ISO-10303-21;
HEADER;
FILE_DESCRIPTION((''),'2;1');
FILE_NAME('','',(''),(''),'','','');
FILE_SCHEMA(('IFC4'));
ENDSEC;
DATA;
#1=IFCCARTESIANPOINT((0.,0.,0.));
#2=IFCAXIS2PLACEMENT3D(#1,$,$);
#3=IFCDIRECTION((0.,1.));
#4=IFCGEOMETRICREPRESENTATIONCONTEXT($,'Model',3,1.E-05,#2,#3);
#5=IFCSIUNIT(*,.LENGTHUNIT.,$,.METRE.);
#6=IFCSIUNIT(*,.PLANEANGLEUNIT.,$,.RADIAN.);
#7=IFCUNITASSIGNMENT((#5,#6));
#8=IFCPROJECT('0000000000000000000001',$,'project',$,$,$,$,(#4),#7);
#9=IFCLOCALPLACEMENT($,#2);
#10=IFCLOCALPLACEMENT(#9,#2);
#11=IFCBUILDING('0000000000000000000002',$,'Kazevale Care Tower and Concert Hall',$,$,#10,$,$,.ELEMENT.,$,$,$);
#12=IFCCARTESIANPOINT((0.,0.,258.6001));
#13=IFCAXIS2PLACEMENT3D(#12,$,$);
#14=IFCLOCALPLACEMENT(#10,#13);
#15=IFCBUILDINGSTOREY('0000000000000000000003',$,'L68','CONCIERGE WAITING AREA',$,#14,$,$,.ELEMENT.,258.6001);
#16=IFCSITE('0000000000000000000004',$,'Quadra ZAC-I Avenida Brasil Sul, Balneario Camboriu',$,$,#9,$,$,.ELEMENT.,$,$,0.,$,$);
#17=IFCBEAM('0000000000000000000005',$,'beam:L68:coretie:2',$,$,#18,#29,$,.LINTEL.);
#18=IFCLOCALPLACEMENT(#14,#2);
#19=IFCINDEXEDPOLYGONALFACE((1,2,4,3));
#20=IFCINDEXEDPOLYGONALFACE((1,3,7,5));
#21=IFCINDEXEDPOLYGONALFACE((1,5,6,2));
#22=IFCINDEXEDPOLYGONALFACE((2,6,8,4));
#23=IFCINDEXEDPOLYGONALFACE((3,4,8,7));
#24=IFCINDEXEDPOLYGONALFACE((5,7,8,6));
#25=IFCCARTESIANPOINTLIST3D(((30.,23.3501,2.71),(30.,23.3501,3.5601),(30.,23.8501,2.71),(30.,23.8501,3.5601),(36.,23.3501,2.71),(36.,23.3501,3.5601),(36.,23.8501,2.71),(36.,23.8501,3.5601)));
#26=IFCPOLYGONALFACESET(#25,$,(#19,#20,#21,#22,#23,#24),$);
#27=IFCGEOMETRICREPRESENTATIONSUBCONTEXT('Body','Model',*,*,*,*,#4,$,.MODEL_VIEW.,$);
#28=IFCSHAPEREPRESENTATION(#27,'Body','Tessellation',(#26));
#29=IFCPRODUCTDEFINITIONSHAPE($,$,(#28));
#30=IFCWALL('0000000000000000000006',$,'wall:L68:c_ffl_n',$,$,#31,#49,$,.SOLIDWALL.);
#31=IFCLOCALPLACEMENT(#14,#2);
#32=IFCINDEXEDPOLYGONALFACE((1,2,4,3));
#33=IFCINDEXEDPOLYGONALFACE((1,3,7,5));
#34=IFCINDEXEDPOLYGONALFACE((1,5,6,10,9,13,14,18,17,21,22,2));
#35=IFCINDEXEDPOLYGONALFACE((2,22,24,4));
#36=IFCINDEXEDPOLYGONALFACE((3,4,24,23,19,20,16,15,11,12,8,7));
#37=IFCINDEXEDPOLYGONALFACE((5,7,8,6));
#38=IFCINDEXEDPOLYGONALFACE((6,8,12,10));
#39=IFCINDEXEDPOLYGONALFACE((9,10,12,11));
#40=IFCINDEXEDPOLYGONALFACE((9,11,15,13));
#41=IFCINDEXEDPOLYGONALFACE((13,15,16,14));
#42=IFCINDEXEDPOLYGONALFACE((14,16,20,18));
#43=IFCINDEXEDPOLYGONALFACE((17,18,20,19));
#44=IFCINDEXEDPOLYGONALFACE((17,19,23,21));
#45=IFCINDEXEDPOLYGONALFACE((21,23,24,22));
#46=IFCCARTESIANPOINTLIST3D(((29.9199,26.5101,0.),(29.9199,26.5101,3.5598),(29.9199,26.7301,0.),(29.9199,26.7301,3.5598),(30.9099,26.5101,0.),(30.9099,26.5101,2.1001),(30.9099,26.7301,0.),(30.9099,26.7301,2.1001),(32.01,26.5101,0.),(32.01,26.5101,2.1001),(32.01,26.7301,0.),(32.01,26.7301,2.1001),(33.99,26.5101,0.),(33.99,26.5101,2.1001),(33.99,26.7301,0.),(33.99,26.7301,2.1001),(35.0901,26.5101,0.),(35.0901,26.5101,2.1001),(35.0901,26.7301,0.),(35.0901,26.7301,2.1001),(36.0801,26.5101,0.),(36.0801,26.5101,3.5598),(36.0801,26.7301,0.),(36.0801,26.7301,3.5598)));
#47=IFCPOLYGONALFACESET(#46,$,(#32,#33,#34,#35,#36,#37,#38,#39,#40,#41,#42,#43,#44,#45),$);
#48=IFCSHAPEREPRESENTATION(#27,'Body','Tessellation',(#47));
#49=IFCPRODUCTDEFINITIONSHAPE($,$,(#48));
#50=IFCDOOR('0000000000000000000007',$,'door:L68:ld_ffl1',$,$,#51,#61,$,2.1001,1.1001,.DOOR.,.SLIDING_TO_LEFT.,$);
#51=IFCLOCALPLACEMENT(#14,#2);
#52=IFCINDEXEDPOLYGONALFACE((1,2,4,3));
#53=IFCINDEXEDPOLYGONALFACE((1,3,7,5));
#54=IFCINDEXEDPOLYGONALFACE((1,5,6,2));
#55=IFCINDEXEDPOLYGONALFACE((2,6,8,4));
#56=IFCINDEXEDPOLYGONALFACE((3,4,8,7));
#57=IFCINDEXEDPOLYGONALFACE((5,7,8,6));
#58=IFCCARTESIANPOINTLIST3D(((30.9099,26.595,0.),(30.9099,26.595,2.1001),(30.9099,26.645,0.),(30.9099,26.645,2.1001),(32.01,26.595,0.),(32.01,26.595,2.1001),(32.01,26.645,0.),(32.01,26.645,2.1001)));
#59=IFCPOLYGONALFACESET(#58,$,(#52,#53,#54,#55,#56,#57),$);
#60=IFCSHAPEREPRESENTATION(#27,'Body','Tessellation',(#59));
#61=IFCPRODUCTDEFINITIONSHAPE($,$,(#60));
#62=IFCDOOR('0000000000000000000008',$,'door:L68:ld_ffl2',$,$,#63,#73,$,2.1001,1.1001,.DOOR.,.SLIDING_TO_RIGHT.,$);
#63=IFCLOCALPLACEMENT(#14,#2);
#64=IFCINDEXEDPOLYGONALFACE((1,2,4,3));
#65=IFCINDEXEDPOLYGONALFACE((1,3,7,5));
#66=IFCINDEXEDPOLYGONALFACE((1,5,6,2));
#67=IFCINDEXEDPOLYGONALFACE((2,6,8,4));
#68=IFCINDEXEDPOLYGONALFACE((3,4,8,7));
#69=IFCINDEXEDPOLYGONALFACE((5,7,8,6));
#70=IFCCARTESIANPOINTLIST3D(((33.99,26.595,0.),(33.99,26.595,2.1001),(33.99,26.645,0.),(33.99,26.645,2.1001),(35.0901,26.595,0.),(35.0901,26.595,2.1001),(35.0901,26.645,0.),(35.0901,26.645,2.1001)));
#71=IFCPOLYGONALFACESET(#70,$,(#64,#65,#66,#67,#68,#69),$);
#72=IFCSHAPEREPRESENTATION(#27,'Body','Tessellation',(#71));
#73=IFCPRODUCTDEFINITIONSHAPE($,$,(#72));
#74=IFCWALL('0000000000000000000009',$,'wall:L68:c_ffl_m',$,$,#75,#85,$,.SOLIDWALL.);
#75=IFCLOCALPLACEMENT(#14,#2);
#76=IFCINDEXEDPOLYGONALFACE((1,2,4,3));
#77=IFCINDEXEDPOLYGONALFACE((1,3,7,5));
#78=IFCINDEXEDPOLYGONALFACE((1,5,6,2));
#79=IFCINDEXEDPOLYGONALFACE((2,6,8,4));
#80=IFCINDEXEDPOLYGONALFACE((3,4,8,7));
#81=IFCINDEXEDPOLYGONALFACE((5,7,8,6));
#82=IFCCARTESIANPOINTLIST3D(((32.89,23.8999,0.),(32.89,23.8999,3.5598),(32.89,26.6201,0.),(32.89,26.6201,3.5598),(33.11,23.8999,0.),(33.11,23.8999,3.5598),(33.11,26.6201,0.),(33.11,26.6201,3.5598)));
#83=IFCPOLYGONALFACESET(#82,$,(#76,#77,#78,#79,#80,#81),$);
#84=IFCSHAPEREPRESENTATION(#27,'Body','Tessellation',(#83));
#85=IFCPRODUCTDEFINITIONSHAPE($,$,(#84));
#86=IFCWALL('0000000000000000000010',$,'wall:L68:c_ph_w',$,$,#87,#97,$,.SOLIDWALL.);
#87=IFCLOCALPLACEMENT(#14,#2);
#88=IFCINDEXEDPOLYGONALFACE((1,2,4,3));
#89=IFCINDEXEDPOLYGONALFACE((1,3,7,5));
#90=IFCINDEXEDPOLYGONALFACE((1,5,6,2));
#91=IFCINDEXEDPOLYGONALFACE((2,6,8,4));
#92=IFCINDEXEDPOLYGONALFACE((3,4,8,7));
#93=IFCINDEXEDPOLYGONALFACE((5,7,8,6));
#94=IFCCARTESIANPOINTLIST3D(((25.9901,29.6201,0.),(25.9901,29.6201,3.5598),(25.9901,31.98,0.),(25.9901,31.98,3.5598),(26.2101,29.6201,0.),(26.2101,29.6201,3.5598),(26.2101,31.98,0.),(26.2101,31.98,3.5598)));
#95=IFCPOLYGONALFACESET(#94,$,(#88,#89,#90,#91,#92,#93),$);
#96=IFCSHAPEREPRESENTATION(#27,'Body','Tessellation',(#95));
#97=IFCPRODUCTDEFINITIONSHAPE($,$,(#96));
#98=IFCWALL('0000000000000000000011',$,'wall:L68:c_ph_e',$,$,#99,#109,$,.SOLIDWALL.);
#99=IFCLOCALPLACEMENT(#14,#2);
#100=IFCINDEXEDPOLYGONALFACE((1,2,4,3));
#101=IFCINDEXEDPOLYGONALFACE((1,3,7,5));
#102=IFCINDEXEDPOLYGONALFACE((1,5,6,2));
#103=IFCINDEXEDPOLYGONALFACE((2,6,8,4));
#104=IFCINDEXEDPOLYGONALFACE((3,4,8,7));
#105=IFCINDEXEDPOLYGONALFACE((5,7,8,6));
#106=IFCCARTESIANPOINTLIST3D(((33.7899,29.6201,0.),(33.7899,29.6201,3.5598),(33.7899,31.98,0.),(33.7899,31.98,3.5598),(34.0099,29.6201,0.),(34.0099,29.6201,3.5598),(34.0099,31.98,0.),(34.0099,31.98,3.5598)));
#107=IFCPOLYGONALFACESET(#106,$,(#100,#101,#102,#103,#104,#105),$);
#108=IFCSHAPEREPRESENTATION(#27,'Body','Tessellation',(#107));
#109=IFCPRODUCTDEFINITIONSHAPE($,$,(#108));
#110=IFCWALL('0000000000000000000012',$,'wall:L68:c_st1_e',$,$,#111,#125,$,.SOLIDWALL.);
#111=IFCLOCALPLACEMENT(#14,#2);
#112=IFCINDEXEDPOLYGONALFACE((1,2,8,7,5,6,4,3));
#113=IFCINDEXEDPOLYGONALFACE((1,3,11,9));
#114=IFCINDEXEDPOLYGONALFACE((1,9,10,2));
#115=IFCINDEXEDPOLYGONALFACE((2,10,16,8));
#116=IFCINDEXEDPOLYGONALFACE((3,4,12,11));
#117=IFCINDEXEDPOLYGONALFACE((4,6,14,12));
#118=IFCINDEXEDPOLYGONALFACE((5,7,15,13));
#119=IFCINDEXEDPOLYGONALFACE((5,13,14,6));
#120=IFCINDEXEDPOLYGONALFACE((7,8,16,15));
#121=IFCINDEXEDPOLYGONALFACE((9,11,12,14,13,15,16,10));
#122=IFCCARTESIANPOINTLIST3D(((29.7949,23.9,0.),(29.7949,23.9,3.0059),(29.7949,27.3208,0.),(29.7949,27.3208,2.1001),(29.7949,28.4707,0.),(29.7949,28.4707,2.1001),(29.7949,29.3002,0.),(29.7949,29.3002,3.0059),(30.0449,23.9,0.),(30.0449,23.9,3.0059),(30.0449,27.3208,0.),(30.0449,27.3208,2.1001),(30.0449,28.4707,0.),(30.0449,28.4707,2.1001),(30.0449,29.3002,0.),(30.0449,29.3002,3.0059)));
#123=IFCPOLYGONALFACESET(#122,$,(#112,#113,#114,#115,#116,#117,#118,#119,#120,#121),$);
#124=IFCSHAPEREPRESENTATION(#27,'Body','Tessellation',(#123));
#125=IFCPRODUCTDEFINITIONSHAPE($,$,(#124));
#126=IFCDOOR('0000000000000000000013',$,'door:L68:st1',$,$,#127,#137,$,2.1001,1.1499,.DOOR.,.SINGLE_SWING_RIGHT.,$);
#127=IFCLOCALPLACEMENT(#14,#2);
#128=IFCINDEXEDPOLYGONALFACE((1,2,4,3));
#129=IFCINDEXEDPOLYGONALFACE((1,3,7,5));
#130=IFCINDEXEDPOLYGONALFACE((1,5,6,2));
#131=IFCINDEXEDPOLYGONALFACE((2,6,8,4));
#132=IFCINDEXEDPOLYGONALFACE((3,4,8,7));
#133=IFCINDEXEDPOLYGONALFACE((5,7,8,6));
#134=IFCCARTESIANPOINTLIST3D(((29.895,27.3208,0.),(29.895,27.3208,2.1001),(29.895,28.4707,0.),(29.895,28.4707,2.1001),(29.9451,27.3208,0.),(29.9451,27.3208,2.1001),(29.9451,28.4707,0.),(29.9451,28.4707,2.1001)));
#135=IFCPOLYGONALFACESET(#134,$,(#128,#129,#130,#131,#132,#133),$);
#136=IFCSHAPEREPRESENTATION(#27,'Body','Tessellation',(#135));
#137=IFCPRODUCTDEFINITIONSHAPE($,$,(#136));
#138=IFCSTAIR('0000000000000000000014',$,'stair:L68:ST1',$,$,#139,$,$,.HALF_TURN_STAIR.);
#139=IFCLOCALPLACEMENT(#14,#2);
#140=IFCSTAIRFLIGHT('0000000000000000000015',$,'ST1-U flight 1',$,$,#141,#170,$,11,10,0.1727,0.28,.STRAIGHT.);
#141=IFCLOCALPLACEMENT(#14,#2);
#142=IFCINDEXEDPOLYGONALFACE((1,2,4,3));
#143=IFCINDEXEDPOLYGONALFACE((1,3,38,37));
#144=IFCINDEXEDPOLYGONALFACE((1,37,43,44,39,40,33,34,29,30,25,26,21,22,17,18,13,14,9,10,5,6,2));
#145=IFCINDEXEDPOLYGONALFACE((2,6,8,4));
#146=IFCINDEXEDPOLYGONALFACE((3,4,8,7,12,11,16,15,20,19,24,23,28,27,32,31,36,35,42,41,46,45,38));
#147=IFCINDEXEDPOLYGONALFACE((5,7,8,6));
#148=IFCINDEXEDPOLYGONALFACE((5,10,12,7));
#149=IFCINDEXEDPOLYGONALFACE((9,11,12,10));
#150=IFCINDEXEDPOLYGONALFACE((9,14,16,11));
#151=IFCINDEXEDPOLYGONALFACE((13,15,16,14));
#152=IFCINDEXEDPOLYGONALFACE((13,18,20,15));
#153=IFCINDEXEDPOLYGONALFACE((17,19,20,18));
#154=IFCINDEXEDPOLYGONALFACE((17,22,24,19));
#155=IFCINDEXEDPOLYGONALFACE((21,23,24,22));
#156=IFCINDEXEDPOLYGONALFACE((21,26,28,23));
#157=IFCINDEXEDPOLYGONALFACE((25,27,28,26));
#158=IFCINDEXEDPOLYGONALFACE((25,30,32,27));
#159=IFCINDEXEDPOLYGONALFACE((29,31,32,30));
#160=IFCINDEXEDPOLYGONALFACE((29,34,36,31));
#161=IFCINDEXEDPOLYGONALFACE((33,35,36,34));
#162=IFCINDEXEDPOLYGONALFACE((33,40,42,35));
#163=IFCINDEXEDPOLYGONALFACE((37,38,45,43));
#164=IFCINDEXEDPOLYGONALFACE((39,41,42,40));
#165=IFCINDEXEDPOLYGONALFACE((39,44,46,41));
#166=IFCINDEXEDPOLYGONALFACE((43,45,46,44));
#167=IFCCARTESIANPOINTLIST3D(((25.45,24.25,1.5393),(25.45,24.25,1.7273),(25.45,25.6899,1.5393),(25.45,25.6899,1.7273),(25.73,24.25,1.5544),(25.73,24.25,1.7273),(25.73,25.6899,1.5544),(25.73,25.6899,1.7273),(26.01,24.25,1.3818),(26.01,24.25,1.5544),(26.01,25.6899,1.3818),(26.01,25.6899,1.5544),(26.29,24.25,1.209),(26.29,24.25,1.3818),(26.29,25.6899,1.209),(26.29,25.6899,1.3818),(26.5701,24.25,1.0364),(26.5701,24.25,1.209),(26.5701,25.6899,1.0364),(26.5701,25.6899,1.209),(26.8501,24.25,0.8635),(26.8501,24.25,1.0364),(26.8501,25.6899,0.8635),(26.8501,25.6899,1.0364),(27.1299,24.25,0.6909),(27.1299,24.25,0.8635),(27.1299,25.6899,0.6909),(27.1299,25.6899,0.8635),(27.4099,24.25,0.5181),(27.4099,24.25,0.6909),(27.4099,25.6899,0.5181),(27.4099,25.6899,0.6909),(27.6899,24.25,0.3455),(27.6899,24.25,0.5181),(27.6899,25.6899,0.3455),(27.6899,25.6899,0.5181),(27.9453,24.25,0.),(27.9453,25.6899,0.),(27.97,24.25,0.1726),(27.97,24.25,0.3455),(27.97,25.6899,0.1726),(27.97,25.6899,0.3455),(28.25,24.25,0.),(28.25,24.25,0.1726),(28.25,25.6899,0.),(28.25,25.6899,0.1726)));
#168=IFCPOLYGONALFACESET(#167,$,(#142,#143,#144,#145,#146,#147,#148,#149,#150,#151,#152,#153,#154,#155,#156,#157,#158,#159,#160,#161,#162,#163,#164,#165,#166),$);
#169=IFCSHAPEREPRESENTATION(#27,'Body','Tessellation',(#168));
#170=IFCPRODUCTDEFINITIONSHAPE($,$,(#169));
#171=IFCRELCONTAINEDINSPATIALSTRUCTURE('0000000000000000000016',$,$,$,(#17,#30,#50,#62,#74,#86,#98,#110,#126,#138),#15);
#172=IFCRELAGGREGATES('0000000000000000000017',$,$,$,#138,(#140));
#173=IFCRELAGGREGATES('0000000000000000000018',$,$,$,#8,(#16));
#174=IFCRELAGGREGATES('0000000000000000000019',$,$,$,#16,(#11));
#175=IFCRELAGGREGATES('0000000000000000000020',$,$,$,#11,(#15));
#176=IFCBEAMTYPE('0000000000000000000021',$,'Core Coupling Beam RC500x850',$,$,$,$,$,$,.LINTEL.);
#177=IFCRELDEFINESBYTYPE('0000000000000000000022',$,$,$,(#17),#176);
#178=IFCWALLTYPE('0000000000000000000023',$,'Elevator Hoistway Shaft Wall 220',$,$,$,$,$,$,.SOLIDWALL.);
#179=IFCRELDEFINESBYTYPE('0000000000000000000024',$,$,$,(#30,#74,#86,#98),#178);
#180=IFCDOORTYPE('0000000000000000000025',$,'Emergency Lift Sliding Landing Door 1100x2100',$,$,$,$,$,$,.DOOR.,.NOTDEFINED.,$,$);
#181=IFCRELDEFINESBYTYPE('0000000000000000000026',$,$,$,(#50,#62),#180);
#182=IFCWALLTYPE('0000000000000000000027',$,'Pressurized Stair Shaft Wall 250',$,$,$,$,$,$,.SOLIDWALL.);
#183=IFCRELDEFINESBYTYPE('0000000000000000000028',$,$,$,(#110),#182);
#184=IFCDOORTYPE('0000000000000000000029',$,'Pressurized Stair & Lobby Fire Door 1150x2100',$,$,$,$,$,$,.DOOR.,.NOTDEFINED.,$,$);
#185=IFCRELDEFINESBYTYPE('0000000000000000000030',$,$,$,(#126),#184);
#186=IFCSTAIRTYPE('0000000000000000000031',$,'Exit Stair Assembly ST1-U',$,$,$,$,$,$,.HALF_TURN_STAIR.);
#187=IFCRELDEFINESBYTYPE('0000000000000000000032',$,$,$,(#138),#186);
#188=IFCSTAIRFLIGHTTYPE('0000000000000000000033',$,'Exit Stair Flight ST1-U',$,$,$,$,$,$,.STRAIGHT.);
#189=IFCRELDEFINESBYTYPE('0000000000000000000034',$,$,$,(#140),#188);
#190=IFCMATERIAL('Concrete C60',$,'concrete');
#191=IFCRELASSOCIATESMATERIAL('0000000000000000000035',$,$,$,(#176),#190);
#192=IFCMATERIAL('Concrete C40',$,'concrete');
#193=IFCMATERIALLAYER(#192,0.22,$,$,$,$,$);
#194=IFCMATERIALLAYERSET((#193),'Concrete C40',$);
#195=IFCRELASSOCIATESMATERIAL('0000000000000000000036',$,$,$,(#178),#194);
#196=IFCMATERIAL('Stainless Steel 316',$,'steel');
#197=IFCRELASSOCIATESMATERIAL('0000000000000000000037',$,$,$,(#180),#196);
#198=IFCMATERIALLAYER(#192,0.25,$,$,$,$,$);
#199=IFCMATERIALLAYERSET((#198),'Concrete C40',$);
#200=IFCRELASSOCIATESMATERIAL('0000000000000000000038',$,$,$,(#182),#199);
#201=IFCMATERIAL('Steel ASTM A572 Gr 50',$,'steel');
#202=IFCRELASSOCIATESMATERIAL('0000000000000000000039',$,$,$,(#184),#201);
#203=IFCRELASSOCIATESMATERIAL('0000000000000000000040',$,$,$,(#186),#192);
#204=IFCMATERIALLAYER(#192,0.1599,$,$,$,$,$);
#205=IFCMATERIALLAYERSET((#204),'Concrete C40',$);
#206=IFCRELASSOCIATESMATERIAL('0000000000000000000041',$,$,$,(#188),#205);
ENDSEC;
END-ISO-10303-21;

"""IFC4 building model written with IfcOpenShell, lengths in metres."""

from ifc_helpers import new_model, si_unit, direction, frame, frame_2d, origin, origin_2d, place, context, subcontext, project, spatial, polyline, rectangle, outline, extrude, material, layer, layer_set, material_profile, profile_set, type_object, element, fill, aggregate, save


model = new_model("IFC4")

# Units and contexts
model_context = context("Model", 3, precision=1e-05, world=origin(), true_north=direction((0.0, 1.0)))
body_context = subcontext(model_context, "Body", "Model", "MODEL_VIEW")
ifc_project = project(units=[si_unit("LENGTHUNIT", "METRE"), si_unit("PLANEANGLEUNIT", "RADIAN")], contexts=[model_context])

# Site, building, storey
site_placement = place(None, origin())
site = spatial("IfcSite", under=ifc_project, at=site_placement, Name="Quadra ZAC-I Avenida Brasil Sul, Balneario Camboriu", CompositionType="ELEMENT", RefElevation=0.0)
building_placement = place(site_placement, origin())
building = spatial("IfcBuilding", under=site, at=building_placement, Name="Kazevale Care Tower and Concert Hall", CompositionType="ELEMENT")
storey_placement = place(building_placement, frame((0.0, 0.0, 258.6001)))
storey = spatial("IfcBuildingStorey", under=building, at=storey_placement, Name="L68", Description="CONCIERGE WAITING AREA", CompositionType="ELEMENT", Elevation=258.6001)

# Beam
ifc_material_1 = material(Name="Concrete C60", Category="concrete")
ifc_material_profile = material_profile(ifc_material_1, rectangle(XDim=0.5, YDim=0.8501, at=origin_2d()), Name="RC-B500x850")
ifc_profile_set = profile_set([ifc_material_profile], Name="Concrete C60")
beam_type = type_object("IfcBeamType", Name="Core Coupling Beam RC500x850", PredefinedType="LINTEL", material=ifc_profile_set)
beam_placement = place(storey_placement, frame((30.0, 23.6001, 3.135), z_axis=(1.0, 0.0, 0.0), x_axis=(0.0, 1.0, 0.0)))
element("IfcBeam", 1, at=beam_placement, inside=storey, type_object=beam_type, Name="beam:L68:coretie:2", PredefinedType="LINTEL", context=body_context, shape_type="SweptSolid", body=[
    extrude(rectangle(XDim=0.5, YDim=0.8501, at=origin_2d()), origin(), (0.0, 0.0, 1.0), 6.0),
])

# Wall, openings, doors
ifc_material_2 = material(Name="Concrete C40", Category="concrete")
ifc_layer_1 = layer(ifc_material_2, 0.22)
ifc_layer_set_1 = layer_set([ifc_layer_1], Name="Concrete C40")
wall_type_1 = type_object("IfcWallType", Name="Elevator Hoistway Shaft Wall 220", PredefinedType="SOLIDWALL", material=ifc_layer_set_1)
wall_1_placement = place(storey_placement, frame((29.9199, 26.6201, 0.0), z_axis=(0.0, 0.0, 1.0), x_axis=(1.0, 0.0, 0.0)))
wall_1 = element("IfcWall", 2, at=wall_1_placement, inside=storey, type_object=wall_type_1, Name="wall:L68:c_ffl_n", PredefinedType="SOLIDWALL", context=body_context, shape_type="SweptSolid", body=[
    extrude(rectangle(XDim=6.1602, YDim=0.22, at=frame_2d((3.0801, 0.0))), origin(), (0.0, 0.0, 1.0), 3.5598),
])
opening_1_placement = place(wall_1_placement, frame((0.99, 0.0, 0.0)))
opening_1 = element("IfcOpeningElement", 3, at=opening_1_placement, cuts=wall_1, PredefinedType="OPENING", context=body_context, shape_type="SweptSolid", body=[
    extrude(rectangle(XDim=1.1001, YDim=2.1001, at=frame_2d((0.55, 1.05))), frame((0.0, 0.1199, 0.0), z_axis=(0.0, -1.0, 0.0), x_axis=(1.0, 0.0, 0.0)), (0.0, 0.0, 1.0), 0.24),
])
opening_2_placement = place(wall_1_placement, frame((4.0701, 0.0, 0.0)))
opening_2 = element("IfcOpeningElement", 4, at=opening_2_placement, cuts=wall_1, PredefinedType="OPENING", context=body_context, shape_type="SweptSolid", body=[
    extrude(rectangle(XDim=1.1001, YDim=2.1001, at=frame_2d((0.55, 1.05))), frame((0.0, 0.1199, 0.0), z_axis=(0.0, -1.0, 0.0), x_axis=(1.0, 0.0, 0.0)), (0.0, 0.0, 1.0), 0.24),
])
ifc_material_3 = material(Name="Stainless Steel 316", Category="steel")
door_type_1 = type_object("IfcDoorType", Name="Emergency Lift Sliding Landing Door 1100x2100", OperationType="NOTDEFINED", PredefinedType="DOOR", material=ifc_material_3)
door_1_placement = place(opening_1_placement, origin())
door_1 = element("IfcDoor", 5, at=door_1_placement, inside=storey, type_object=door_type_1, Name="door:L68:ld_ffl1", OperationType="SLIDING_TO_LEFT", OverallHeight=2.1001, OverallWidth=1.1001, PredefinedType="DOOR", context=body_context, shape_type="SweptSolid", body=[
    extrude(rectangle(XDim=1.1001, YDim=2.1001, at=frame_2d((0.55, 1.05))), frame((0.0, 0.0249, 0.0), z_axis=(0.0, -1.0, 0.0), x_axis=(1.0, 0.0, 0.0)), (0.0, 0.0, 1.0), 0.05),
])
fill(opening_1, door_1)
door_2_placement = place(opening_2_placement, origin())
door_2 = element("IfcDoor", 6, at=door_2_placement, inside=storey, type_object=door_type_1, Name="door:L68:ld_ffl2", OperationType="SLIDING_TO_RIGHT", OverallHeight=2.1001, OverallWidth=1.1001, PredefinedType="DOOR", context=body_context, shape_type="SweptSolid", body=[
    extrude(rectangle(XDim=1.1001, YDim=2.1001, at=frame_2d((0.55, 1.05))), frame((0.0, 0.0249, 0.0), z_axis=(0.0, -1.0, 0.0), x_axis=(1.0, 0.0, 0.0)), (0.0, 0.0, 1.0), 0.05),
])
fill(opening_2, door_2)

# Walls
wall_2_placement = place(storey_placement, frame((33.0, 23.8999, 0.0), z_axis=(0.0, 0.0, 1.0), x_axis=(0.0, 1.0, 0.0)))
element("IfcWall", 7, at=wall_2_placement, inside=storey, type_object=wall_type_1, Name="wall:L68:c_ffl_m", PredefinedType="SOLIDWALL", context=body_context, shape_type="SweptSolid", body=[
    extrude(rectangle(XDim=2.7202, YDim=0.22, at=frame_2d((1.3601, 0.0))), origin(), (0.0, 0.0, 1.0), 3.5598),
])
for number, where, z_axis, x_axis, name in (
    (8, (26.1001, 29.6201, 0.0), (0.0, 0.0, 1.0), (0.0, 1.0, 0.0), "wall:L68:c_ph_w"),
    (9, (33.8999, 29.6201, 0.0), (0.0, 0.0, 1.0), (0.0, 1.0, 0.0), "wall:L68:c_ph_e"),
):
    element("IfcWall", number, at=place(storey_placement, frame(where, z_axis=z_axis, x_axis=x_axis)), inside=storey, type_object=wall_type_1, Name=name, PredefinedType="SOLIDWALL", context=body_context, shape_type="SweptSolid", body=[
        extrude(rectangle(XDim=2.3599, YDim=0.22, at=frame_2d((1.1799, 0.0))), origin(), (0.0, 0.0, 1.0), 3.5598),
    ])

# Wall, opening, door
ifc_layer_2 = layer(ifc_material_2, 0.25)
ifc_layer_set_2 = layer_set([ifc_layer_2], Name="Concrete C40")
wall_type_2 = type_object("IfcWallType", Name="Pressurized Stair Shaft Wall 250", PredefinedType="SOLIDWALL", material=ifc_layer_set_2)
wall_3_placement = place(storey_placement, frame((29.9199, 23.8999, 0.0), z_axis=(0.0, 0.0, 1.0), x_axis=(0.0, 1.0, 0.0)))
wall_3 = element("IfcWall", 10, at=wall_3_placement, inside=storey, type_object=wall_type_2, Name="wall:L68:c_st1_e", PredefinedType="SOLIDWALL", context=body_context, shape_type="SweptSolid", body=[
    extrude(rectangle(XDim=5.4001, YDim=0.25, at=frame_2d((2.7002, 0.0))), origin(), (0.0, 0.0, 1.0), 3.0059),
])
opening_3_placement = place(wall_3_placement, frame((3.4209, 0.0, 0.0)))
opening_3 = element("IfcOpeningElement", 11, at=opening_3_placement, cuts=wall_3, PredefinedType="OPENING", context=body_context, shape_type="SweptSolid", body=[
    extrude(rectangle(XDim=1.1499, YDim=2.1001, at=frame_2d((0.575, 1.05))), frame((0.0, 0.135, 0.0), z_axis=(0.0, -1.0, 0.0), x_axis=(1.0, 0.0, 0.0)), (0.0, 0.0, 1.0), 0.27),
])
ifc_material_4 = material(Name="Steel ASTM A572 Gr 50", Category="steel")
door_type_2 = type_object("IfcDoorType", Name="Pressurized Stair & Lobby Fire Door 1150x2100", OperationType="NOTDEFINED", PredefinedType="DOOR", material=ifc_material_4)
door_3_placement = place(opening_3_placement, origin())
door_3 = element("IfcDoor", 12, at=door_3_placement, inside=storey, type_object=door_type_2, Name="door:L68:st1", OperationType="SINGLE_SWING_RIGHT", OverallHeight=2.1001, OverallWidth=1.1499, PredefinedType="DOOR", context=body_context, shape_type="SweptSolid", body=[
    extrude(rectangle(XDim=1.1499, YDim=2.1001, at=frame_2d((0.575, 1.05))), frame((0.0, 0.0249, 0.0), z_axis=(0.0, -1.0, 0.0), x_axis=(1.0, 0.0, 0.0)), (0.0, 0.0, 1.0), 0.05),
])
fill(opening_3, door_3)

# Stair, stair flight
stair_type = type_object("IfcStairType", Name="Exit Stair Assembly ST1-U", PredefinedType="HALF_TURN_STAIR", material=ifc_material_2)
stair_placement = place(storey_placement, origin())
stair = element("IfcStair", 13, at=stair_placement, inside=storey, type_object=stair_type, Name="stair:L68:ST1", PredefinedType="HALF_TURN_STAIR")
ifc_layer_3 = layer(ifc_material_2, 0.1599)
ifc_layer_set_3 = layer_set([ifc_layer_3], Name="Concrete C40")
stair_flight_type = type_object("IfcStairFlightType", Name="Exit Stair Flight ST1-U", PredefinedType="STRAIGHT", material=ifc_layer_set_3)
stair_flight_1_placement = place(storey_placement, frame((28.25, 24.97, 0.0), z_axis=(0.0, 0.0, 1.0), x_axis=(-1.0, 0.0, 0.0)))
stair_flight_1 = element("IfcStairFlight", 14, at=stair_flight_1_placement, type_object=stair_flight_type, Name="ST1-U flight 1", NumberOfRisers=11, NumberOfTreads=10, PredefinedType="STRAIGHT", RiserHeight=0.1727, TreadLength=0.28, context=body_context, shape_type="SweptSolid", body=[
    extrude(outline(polyline([(0.0, 0.0), (0.0, 0.1726), (0.28, 0.1726), (0.28, 0.3455), (0.5601, 0.3455), (0.5601, 0.5181), (0.8401, 0.5181), (0.8401, 0.6909), (1.1201, 0.6909), (1.1201, 0.8635), (1.3999, 0.8635), (1.3999, 1.0364), (1.6799, 1.0364), (1.6799, 1.209), (1.96, 1.209), (1.96, 1.3818), (2.24, 1.3818), (2.24, 1.5544), (2.52, 1.5544), (2.52, 1.7273), (2.8, 1.7273), (2.8, 1.8999), (2.8, 1.5393), (0.3047, 0.0), (0.0, 0.0)])), frame((0.0, 0.72, 0.0), z_axis=(0.0, -1.0, 0.0), x_axis=(1.0, 0.0, 0.0)), (0.0, 0.0, 1.0), 1.4399),
])
aggregate(stair, [stair_flight_1])

save(model, "model.ifc")
